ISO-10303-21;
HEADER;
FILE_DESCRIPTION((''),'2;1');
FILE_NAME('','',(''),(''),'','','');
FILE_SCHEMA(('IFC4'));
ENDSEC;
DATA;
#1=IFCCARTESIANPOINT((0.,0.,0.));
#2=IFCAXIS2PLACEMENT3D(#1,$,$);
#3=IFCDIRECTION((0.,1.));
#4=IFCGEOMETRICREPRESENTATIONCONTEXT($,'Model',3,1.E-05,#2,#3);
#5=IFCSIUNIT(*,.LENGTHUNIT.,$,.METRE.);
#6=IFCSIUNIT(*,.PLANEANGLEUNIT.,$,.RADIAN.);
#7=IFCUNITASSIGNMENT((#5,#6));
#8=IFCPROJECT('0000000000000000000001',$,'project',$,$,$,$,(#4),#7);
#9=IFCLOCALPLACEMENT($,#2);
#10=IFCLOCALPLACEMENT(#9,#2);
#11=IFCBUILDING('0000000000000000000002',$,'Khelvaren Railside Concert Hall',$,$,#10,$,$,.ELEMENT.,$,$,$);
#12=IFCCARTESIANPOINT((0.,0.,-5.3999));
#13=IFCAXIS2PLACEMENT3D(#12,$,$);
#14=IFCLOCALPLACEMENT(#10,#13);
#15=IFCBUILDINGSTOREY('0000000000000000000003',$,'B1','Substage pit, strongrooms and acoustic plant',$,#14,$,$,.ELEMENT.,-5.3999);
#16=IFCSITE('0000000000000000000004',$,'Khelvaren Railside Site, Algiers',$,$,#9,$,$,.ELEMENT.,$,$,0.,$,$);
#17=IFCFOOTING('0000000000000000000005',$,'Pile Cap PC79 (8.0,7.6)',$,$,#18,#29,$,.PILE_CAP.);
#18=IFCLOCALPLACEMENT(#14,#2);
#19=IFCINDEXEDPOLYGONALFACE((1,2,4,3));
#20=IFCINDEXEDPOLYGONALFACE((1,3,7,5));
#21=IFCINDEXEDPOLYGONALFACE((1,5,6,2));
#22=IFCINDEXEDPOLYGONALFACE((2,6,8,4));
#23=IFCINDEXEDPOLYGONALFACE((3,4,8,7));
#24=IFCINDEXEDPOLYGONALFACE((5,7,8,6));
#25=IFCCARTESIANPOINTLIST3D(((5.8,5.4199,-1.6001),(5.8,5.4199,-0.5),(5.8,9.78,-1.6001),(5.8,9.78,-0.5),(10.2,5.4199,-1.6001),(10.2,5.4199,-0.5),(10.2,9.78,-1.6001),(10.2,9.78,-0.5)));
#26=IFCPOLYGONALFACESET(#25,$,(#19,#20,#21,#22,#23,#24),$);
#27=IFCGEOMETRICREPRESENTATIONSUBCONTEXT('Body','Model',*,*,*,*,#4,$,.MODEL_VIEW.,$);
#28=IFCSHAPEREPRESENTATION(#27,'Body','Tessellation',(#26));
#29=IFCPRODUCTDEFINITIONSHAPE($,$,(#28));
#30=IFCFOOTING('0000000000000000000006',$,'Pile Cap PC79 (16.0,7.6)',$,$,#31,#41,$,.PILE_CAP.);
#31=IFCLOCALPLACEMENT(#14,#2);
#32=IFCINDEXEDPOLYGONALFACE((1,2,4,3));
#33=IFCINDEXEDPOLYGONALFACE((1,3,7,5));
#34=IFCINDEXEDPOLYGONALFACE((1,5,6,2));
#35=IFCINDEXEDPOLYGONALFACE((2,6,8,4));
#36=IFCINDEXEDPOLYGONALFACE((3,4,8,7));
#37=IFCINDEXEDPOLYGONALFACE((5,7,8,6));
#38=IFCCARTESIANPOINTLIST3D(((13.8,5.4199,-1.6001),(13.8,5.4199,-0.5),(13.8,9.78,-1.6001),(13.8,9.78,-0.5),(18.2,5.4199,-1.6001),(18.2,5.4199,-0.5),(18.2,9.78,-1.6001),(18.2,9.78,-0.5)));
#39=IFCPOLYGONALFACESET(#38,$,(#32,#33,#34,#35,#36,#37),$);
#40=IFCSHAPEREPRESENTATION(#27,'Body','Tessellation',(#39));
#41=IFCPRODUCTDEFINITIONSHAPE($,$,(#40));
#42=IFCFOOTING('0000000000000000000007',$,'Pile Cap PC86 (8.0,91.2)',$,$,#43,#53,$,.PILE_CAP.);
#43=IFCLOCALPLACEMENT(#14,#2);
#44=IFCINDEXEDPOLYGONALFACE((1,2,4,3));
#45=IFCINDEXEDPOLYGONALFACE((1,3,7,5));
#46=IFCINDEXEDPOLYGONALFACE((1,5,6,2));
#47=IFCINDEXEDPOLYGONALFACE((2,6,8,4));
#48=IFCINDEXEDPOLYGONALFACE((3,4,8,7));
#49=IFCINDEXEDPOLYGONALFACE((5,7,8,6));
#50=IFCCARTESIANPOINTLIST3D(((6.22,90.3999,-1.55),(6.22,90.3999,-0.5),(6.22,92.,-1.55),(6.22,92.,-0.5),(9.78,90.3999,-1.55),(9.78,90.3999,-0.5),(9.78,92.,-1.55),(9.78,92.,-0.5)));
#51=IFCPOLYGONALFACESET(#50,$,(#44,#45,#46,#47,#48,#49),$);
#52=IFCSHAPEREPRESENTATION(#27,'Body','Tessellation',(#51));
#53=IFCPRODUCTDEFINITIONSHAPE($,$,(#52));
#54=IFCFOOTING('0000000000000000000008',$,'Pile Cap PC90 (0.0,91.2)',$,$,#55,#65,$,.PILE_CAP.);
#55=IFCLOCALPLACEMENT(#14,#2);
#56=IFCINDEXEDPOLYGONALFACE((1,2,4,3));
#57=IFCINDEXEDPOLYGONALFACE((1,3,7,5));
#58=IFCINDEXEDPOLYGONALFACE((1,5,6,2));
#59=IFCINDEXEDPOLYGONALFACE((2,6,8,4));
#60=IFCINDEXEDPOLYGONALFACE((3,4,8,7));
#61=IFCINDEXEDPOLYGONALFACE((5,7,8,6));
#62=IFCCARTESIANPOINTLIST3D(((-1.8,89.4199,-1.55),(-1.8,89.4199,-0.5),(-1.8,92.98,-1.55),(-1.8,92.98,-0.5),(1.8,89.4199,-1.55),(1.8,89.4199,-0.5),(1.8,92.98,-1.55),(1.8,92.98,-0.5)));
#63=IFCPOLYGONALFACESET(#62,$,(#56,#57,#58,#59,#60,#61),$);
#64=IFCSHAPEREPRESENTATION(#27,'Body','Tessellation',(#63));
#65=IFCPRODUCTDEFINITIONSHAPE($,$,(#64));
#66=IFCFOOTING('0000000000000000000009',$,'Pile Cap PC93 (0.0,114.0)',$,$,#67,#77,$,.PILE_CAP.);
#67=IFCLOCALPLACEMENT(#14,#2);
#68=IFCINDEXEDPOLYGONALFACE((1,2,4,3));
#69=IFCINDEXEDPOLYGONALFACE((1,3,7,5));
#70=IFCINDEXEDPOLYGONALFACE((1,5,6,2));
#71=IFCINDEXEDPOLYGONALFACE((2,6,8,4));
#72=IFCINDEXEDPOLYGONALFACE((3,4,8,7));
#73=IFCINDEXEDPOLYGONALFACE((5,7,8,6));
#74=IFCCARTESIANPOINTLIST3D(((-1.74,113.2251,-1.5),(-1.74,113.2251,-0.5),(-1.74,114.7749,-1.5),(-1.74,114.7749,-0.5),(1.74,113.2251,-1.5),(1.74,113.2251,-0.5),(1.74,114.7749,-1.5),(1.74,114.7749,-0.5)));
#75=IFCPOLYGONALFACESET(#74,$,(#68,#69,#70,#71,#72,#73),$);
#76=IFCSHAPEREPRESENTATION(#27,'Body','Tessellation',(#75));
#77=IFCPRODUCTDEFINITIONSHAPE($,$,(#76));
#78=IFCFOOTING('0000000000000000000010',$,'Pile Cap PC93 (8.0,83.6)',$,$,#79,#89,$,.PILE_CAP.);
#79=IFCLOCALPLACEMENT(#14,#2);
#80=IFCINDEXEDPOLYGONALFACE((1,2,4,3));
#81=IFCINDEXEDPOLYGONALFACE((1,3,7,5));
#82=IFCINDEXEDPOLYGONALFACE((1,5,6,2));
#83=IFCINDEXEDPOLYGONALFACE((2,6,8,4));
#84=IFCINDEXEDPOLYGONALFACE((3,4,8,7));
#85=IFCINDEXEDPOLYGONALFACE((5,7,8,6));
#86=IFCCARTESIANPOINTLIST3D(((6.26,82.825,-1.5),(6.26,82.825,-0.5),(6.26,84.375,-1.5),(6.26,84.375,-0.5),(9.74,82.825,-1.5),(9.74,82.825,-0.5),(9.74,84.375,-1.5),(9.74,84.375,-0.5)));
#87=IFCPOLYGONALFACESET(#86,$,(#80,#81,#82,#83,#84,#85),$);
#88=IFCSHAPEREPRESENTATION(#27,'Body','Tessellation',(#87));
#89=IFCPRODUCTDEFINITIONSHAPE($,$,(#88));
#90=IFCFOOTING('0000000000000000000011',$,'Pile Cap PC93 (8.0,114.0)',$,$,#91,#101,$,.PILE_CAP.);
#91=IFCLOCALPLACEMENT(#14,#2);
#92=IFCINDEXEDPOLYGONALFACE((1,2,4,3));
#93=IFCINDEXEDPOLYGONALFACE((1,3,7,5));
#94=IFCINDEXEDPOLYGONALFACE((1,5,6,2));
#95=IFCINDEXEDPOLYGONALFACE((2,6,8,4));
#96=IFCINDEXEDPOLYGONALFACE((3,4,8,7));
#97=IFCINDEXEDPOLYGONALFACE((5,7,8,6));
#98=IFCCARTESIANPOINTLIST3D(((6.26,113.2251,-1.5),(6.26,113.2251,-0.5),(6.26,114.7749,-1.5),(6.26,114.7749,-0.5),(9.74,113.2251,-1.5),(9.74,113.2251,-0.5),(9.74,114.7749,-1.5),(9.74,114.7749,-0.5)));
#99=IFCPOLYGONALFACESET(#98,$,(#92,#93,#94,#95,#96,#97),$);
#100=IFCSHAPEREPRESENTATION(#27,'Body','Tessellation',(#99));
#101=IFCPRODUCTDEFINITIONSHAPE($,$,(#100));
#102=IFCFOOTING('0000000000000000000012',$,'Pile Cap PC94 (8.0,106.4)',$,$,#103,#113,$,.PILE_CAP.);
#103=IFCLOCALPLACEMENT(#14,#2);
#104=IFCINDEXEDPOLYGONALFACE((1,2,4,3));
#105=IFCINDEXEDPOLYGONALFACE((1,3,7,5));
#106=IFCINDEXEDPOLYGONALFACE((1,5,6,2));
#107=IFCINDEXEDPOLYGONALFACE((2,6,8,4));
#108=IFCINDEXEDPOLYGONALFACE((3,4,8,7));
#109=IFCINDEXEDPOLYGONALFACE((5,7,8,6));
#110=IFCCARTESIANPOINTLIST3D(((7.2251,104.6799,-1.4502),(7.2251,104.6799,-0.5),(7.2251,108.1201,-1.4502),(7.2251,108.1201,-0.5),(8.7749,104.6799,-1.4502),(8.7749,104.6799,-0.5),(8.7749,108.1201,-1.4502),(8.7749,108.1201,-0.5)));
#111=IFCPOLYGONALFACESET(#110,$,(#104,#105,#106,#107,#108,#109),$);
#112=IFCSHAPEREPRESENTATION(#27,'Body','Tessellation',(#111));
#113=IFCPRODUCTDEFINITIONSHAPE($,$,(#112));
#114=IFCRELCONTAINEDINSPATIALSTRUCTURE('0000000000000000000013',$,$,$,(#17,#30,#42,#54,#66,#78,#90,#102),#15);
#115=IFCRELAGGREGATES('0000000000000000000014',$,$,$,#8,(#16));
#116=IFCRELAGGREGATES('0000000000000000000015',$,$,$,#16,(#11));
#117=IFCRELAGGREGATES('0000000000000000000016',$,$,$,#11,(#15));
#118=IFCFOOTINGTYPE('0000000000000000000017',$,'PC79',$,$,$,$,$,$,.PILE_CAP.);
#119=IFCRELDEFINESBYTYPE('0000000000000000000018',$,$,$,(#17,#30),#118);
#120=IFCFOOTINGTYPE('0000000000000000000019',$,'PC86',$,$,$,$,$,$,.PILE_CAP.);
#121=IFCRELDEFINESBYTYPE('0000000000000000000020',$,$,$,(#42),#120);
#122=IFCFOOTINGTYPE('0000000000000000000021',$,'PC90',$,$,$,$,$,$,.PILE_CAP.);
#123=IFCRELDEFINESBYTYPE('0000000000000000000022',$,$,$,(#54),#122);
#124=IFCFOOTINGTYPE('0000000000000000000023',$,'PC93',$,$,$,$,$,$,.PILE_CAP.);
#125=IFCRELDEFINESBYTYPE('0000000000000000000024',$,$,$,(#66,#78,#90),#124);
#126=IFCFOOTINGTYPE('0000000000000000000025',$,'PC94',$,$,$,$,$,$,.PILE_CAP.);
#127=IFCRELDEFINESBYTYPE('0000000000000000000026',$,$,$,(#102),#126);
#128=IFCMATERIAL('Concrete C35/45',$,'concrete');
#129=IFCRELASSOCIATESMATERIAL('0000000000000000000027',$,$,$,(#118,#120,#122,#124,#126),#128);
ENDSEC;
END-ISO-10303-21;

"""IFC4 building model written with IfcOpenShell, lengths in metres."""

from ifc_helpers import new_model, si_unit, direction, frame, origin, place, context, subcontext, project, spatial, polyline, outline, extrude, material, type_object, element, save


model = new_model("IFC4")

# Units and contexts
model_context = context("Model", 3, precision=1e-05, world=origin(), true_north=direction((0.0, 1.0)))
body_context = subcontext(model_context, "Body", "Model", "MODEL_VIEW")
ifc_project = project(units=[si_unit("LENGTHUNIT", "METRE"), si_unit("PLANEANGLEUNIT", "RADIAN")], contexts=[model_context])

# Site, building, storey
site_placement = place(None, origin())
site = spatial("IfcSite", under=ifc_project, at=site_placement, Name="Khelvaren Railside Site, Algiers", CompositionType="ELEMENT", RefElevation=0.0)
building_placement = place(site_placement, origin())
building = spatial("IfcBuilding", under=site, at=building_placement, Name="Khelvaren Railside Concert Hall", CompositionType="ELEMENT")
storey_placement = place(building_placement, frame((0.0, 0.0, -5.3999)))
storey = spatial("IfcBuildingStorey", under=building, at=storey_placement, Name="B1", Description="Substage pit, strongrooms and acoustic plant", CompositionType="ELEMENT", Elevation=-5.3999)

# Shared definitions
ifc_material = material(Name="Concrete C35/45", Category="concrete")

# Footings
footing_type_1 = type_object("IfcFootingType", Name="PC79", PredefinedType="PILE_CAP", material=ifc_material)
footing_1_placement = place(storey_placement, frame((0.0, 0.0, -1.6001)))
element("IfcFooting", 1, at=footing_1_placement, inside=storey, type_object=footing_type_1, Name="Pile Cap PC79 (8.0,7.6)", PredefinedType="PILE_CAP", context=body_context, shape_type="SweptSolid", body=[
    extrude(outline(polyline([(5.8, 5.4199), (10.2, 5.4199), (10.2, 9.78), (5.8, 9.78), (5.8, 5.4199)])), origin(), (0.0, 0.0, 1.0), 1.1001),
])
footing_2_placement = place(storey_placement, frame((0.0, 0.0, -1.6001)))
element("IfcFooting", 2, at=footing_2_placement, inside=storey, type_object=footing_type_1, Name="Pile Cap PC79 (16.0,7.6)", PredefinedType="PILE_CAP", context=body_context, shape_type="SweptSolid", body=[
    extrude(outline(polyline([(13.8, 5.4199), (18.2, 5.4199), (18.2, 9.78), (13.8, 9.78), (13.8, 5.4199)])), origin(), (0.0, 0.0, 1.0), 1.1001),
])
footing_type_2 = type_object("IfcFootingType", Name="PC86", PredefinedType="PILE_CAP", material=ifc_material)
footing_3_placement = place(storey_placement, frame((0.0, 0.0, -1.55)))
element("IfcFooting", 3, at=footing_3_placement, inside=storey, type_object=footing_type_2, Name="Pile Cap PC86 (8.0,91.2)", PredefinedType="PILE_CAP", context=body_context, shape_type="SweptSolid", body=[
    extrude(outline(polyline([(6.22, 90.3999), (9.78, 90.3999), (9.78, 92.0), (6.22, 92.0), (6.22, 90.3999)])), origin(), (0.0, 0.0, 1.0), 1.05),
])
footing_type_3 = type_object("IfcFootingType", Name="PC90", PredefinedType="PILE_CAP", material=ifc_material)
footing_4_placement = place(storey_placement, frame((0.0, 0.0, -1.55)))
element("IfcFooting", 4, at=footing_4_placement, inside=storey, type_object=footing_type_3, Name="Pile Cap PC90 (0.0,91.2)", PredefinedType="PILE_CAP", context=body_context, shape_type="SweptSolid", body=[
    extrude(outline(polyline([(-1.8, 89.4199), (1.8, 89.4199), (1.8, 92.98), (-1.8, 92.98), (-1.8, 89.4199)])), origin(), (0.0, 0.0, 1.0), 1.05),
])
footing_type_4 = type_object("IfcFootingType", Name="PC93", PredefinedType="PILE_CAP", material=ifc_material)
footing_5_placement = place(storey_placement, frame((0.0, 0.0, -1.5)))
element("IfcFooting", 5, at=footing_5_placement, inside=storey, type_object=footing_type_4, Name="Pile Cap PC93 (0.0,114.0)", PredefinedType="PILE_CAP", context=body_context, shape_type="SweptSolid", body=[
    extrude(outline(polyline([(-1.74, 113.2251), (1.74, 113.2251), (1.74, 114.7749), (-1.74, 114.7749), (-1.74, 113.2251)])), origin(), (0.0, 0.0, 1.0), 1.0),
])
footing_6_placement = place(storey_placement, frame((0.0, 0.0, -1.5)))
element("IfcFooting", 6, at=footing_6_placement, inside=storey, type_object=footing_type_4, Name="Pile Cap PC93 (8.0,83.6)", PredefinedType="PILE_CAP", context=body_context, shape_type="SweptSolid", body=[
    extrude(outline(polyline([(6.26, 82.825), (9.74, 82.825), (9.74, 84.375), (6.26, 84.375), (6.26, 82.825)])), origin(), (0.0, 0.0, 1.0), 1.0),
])
footing_7_placement = place(storey_placement, frame((0.0, 0.0, -1.5)))
element("IfcFooting", 7, at=footing_7_placement, inside=storey, type_object=footing_type_4, Name="Pile Cap PC93 (8.0,114.0)", PredefinedType="PILE_CAP", context=body_context, shape_type="SweptSolid", body=[
    extrude(outline(polyline([(6.26, 113.2251), (9.74, 113.2251), (9.74, 114.7749), (6.26, 114.7749), (6.26, 113.2251)])), origin(), (0.0, 0.0, 1.0), 1.0),
])
footing_type_5 = type_object("IfcFootingType", Name="PC94", PredefinedType="PILE_CAP", material=ifc_material)
footing_8_placement = place(storey_placement, frame((0.0, 0.0, -1.4502)))
element("IfcFooting", 8, at=footing_8_placement, inside=storey, type_object=footing_type_5, Name="Pile Cap PC94 (8.0,106.4)", PredefinedType="PILE_CAP", context=body_context, shape_type="SweptSolid", body=[
    extrude(outline(polyline([(7.2251, 104.6799), (8.7749, 104.6799), (8.7749, 108.1201), (7.2251, 108.1201), (7.2251, 104.6799)])), origin(), (0.0, 0.0, 1.0), 0.9502),
])

save(model, "model.ifc")
